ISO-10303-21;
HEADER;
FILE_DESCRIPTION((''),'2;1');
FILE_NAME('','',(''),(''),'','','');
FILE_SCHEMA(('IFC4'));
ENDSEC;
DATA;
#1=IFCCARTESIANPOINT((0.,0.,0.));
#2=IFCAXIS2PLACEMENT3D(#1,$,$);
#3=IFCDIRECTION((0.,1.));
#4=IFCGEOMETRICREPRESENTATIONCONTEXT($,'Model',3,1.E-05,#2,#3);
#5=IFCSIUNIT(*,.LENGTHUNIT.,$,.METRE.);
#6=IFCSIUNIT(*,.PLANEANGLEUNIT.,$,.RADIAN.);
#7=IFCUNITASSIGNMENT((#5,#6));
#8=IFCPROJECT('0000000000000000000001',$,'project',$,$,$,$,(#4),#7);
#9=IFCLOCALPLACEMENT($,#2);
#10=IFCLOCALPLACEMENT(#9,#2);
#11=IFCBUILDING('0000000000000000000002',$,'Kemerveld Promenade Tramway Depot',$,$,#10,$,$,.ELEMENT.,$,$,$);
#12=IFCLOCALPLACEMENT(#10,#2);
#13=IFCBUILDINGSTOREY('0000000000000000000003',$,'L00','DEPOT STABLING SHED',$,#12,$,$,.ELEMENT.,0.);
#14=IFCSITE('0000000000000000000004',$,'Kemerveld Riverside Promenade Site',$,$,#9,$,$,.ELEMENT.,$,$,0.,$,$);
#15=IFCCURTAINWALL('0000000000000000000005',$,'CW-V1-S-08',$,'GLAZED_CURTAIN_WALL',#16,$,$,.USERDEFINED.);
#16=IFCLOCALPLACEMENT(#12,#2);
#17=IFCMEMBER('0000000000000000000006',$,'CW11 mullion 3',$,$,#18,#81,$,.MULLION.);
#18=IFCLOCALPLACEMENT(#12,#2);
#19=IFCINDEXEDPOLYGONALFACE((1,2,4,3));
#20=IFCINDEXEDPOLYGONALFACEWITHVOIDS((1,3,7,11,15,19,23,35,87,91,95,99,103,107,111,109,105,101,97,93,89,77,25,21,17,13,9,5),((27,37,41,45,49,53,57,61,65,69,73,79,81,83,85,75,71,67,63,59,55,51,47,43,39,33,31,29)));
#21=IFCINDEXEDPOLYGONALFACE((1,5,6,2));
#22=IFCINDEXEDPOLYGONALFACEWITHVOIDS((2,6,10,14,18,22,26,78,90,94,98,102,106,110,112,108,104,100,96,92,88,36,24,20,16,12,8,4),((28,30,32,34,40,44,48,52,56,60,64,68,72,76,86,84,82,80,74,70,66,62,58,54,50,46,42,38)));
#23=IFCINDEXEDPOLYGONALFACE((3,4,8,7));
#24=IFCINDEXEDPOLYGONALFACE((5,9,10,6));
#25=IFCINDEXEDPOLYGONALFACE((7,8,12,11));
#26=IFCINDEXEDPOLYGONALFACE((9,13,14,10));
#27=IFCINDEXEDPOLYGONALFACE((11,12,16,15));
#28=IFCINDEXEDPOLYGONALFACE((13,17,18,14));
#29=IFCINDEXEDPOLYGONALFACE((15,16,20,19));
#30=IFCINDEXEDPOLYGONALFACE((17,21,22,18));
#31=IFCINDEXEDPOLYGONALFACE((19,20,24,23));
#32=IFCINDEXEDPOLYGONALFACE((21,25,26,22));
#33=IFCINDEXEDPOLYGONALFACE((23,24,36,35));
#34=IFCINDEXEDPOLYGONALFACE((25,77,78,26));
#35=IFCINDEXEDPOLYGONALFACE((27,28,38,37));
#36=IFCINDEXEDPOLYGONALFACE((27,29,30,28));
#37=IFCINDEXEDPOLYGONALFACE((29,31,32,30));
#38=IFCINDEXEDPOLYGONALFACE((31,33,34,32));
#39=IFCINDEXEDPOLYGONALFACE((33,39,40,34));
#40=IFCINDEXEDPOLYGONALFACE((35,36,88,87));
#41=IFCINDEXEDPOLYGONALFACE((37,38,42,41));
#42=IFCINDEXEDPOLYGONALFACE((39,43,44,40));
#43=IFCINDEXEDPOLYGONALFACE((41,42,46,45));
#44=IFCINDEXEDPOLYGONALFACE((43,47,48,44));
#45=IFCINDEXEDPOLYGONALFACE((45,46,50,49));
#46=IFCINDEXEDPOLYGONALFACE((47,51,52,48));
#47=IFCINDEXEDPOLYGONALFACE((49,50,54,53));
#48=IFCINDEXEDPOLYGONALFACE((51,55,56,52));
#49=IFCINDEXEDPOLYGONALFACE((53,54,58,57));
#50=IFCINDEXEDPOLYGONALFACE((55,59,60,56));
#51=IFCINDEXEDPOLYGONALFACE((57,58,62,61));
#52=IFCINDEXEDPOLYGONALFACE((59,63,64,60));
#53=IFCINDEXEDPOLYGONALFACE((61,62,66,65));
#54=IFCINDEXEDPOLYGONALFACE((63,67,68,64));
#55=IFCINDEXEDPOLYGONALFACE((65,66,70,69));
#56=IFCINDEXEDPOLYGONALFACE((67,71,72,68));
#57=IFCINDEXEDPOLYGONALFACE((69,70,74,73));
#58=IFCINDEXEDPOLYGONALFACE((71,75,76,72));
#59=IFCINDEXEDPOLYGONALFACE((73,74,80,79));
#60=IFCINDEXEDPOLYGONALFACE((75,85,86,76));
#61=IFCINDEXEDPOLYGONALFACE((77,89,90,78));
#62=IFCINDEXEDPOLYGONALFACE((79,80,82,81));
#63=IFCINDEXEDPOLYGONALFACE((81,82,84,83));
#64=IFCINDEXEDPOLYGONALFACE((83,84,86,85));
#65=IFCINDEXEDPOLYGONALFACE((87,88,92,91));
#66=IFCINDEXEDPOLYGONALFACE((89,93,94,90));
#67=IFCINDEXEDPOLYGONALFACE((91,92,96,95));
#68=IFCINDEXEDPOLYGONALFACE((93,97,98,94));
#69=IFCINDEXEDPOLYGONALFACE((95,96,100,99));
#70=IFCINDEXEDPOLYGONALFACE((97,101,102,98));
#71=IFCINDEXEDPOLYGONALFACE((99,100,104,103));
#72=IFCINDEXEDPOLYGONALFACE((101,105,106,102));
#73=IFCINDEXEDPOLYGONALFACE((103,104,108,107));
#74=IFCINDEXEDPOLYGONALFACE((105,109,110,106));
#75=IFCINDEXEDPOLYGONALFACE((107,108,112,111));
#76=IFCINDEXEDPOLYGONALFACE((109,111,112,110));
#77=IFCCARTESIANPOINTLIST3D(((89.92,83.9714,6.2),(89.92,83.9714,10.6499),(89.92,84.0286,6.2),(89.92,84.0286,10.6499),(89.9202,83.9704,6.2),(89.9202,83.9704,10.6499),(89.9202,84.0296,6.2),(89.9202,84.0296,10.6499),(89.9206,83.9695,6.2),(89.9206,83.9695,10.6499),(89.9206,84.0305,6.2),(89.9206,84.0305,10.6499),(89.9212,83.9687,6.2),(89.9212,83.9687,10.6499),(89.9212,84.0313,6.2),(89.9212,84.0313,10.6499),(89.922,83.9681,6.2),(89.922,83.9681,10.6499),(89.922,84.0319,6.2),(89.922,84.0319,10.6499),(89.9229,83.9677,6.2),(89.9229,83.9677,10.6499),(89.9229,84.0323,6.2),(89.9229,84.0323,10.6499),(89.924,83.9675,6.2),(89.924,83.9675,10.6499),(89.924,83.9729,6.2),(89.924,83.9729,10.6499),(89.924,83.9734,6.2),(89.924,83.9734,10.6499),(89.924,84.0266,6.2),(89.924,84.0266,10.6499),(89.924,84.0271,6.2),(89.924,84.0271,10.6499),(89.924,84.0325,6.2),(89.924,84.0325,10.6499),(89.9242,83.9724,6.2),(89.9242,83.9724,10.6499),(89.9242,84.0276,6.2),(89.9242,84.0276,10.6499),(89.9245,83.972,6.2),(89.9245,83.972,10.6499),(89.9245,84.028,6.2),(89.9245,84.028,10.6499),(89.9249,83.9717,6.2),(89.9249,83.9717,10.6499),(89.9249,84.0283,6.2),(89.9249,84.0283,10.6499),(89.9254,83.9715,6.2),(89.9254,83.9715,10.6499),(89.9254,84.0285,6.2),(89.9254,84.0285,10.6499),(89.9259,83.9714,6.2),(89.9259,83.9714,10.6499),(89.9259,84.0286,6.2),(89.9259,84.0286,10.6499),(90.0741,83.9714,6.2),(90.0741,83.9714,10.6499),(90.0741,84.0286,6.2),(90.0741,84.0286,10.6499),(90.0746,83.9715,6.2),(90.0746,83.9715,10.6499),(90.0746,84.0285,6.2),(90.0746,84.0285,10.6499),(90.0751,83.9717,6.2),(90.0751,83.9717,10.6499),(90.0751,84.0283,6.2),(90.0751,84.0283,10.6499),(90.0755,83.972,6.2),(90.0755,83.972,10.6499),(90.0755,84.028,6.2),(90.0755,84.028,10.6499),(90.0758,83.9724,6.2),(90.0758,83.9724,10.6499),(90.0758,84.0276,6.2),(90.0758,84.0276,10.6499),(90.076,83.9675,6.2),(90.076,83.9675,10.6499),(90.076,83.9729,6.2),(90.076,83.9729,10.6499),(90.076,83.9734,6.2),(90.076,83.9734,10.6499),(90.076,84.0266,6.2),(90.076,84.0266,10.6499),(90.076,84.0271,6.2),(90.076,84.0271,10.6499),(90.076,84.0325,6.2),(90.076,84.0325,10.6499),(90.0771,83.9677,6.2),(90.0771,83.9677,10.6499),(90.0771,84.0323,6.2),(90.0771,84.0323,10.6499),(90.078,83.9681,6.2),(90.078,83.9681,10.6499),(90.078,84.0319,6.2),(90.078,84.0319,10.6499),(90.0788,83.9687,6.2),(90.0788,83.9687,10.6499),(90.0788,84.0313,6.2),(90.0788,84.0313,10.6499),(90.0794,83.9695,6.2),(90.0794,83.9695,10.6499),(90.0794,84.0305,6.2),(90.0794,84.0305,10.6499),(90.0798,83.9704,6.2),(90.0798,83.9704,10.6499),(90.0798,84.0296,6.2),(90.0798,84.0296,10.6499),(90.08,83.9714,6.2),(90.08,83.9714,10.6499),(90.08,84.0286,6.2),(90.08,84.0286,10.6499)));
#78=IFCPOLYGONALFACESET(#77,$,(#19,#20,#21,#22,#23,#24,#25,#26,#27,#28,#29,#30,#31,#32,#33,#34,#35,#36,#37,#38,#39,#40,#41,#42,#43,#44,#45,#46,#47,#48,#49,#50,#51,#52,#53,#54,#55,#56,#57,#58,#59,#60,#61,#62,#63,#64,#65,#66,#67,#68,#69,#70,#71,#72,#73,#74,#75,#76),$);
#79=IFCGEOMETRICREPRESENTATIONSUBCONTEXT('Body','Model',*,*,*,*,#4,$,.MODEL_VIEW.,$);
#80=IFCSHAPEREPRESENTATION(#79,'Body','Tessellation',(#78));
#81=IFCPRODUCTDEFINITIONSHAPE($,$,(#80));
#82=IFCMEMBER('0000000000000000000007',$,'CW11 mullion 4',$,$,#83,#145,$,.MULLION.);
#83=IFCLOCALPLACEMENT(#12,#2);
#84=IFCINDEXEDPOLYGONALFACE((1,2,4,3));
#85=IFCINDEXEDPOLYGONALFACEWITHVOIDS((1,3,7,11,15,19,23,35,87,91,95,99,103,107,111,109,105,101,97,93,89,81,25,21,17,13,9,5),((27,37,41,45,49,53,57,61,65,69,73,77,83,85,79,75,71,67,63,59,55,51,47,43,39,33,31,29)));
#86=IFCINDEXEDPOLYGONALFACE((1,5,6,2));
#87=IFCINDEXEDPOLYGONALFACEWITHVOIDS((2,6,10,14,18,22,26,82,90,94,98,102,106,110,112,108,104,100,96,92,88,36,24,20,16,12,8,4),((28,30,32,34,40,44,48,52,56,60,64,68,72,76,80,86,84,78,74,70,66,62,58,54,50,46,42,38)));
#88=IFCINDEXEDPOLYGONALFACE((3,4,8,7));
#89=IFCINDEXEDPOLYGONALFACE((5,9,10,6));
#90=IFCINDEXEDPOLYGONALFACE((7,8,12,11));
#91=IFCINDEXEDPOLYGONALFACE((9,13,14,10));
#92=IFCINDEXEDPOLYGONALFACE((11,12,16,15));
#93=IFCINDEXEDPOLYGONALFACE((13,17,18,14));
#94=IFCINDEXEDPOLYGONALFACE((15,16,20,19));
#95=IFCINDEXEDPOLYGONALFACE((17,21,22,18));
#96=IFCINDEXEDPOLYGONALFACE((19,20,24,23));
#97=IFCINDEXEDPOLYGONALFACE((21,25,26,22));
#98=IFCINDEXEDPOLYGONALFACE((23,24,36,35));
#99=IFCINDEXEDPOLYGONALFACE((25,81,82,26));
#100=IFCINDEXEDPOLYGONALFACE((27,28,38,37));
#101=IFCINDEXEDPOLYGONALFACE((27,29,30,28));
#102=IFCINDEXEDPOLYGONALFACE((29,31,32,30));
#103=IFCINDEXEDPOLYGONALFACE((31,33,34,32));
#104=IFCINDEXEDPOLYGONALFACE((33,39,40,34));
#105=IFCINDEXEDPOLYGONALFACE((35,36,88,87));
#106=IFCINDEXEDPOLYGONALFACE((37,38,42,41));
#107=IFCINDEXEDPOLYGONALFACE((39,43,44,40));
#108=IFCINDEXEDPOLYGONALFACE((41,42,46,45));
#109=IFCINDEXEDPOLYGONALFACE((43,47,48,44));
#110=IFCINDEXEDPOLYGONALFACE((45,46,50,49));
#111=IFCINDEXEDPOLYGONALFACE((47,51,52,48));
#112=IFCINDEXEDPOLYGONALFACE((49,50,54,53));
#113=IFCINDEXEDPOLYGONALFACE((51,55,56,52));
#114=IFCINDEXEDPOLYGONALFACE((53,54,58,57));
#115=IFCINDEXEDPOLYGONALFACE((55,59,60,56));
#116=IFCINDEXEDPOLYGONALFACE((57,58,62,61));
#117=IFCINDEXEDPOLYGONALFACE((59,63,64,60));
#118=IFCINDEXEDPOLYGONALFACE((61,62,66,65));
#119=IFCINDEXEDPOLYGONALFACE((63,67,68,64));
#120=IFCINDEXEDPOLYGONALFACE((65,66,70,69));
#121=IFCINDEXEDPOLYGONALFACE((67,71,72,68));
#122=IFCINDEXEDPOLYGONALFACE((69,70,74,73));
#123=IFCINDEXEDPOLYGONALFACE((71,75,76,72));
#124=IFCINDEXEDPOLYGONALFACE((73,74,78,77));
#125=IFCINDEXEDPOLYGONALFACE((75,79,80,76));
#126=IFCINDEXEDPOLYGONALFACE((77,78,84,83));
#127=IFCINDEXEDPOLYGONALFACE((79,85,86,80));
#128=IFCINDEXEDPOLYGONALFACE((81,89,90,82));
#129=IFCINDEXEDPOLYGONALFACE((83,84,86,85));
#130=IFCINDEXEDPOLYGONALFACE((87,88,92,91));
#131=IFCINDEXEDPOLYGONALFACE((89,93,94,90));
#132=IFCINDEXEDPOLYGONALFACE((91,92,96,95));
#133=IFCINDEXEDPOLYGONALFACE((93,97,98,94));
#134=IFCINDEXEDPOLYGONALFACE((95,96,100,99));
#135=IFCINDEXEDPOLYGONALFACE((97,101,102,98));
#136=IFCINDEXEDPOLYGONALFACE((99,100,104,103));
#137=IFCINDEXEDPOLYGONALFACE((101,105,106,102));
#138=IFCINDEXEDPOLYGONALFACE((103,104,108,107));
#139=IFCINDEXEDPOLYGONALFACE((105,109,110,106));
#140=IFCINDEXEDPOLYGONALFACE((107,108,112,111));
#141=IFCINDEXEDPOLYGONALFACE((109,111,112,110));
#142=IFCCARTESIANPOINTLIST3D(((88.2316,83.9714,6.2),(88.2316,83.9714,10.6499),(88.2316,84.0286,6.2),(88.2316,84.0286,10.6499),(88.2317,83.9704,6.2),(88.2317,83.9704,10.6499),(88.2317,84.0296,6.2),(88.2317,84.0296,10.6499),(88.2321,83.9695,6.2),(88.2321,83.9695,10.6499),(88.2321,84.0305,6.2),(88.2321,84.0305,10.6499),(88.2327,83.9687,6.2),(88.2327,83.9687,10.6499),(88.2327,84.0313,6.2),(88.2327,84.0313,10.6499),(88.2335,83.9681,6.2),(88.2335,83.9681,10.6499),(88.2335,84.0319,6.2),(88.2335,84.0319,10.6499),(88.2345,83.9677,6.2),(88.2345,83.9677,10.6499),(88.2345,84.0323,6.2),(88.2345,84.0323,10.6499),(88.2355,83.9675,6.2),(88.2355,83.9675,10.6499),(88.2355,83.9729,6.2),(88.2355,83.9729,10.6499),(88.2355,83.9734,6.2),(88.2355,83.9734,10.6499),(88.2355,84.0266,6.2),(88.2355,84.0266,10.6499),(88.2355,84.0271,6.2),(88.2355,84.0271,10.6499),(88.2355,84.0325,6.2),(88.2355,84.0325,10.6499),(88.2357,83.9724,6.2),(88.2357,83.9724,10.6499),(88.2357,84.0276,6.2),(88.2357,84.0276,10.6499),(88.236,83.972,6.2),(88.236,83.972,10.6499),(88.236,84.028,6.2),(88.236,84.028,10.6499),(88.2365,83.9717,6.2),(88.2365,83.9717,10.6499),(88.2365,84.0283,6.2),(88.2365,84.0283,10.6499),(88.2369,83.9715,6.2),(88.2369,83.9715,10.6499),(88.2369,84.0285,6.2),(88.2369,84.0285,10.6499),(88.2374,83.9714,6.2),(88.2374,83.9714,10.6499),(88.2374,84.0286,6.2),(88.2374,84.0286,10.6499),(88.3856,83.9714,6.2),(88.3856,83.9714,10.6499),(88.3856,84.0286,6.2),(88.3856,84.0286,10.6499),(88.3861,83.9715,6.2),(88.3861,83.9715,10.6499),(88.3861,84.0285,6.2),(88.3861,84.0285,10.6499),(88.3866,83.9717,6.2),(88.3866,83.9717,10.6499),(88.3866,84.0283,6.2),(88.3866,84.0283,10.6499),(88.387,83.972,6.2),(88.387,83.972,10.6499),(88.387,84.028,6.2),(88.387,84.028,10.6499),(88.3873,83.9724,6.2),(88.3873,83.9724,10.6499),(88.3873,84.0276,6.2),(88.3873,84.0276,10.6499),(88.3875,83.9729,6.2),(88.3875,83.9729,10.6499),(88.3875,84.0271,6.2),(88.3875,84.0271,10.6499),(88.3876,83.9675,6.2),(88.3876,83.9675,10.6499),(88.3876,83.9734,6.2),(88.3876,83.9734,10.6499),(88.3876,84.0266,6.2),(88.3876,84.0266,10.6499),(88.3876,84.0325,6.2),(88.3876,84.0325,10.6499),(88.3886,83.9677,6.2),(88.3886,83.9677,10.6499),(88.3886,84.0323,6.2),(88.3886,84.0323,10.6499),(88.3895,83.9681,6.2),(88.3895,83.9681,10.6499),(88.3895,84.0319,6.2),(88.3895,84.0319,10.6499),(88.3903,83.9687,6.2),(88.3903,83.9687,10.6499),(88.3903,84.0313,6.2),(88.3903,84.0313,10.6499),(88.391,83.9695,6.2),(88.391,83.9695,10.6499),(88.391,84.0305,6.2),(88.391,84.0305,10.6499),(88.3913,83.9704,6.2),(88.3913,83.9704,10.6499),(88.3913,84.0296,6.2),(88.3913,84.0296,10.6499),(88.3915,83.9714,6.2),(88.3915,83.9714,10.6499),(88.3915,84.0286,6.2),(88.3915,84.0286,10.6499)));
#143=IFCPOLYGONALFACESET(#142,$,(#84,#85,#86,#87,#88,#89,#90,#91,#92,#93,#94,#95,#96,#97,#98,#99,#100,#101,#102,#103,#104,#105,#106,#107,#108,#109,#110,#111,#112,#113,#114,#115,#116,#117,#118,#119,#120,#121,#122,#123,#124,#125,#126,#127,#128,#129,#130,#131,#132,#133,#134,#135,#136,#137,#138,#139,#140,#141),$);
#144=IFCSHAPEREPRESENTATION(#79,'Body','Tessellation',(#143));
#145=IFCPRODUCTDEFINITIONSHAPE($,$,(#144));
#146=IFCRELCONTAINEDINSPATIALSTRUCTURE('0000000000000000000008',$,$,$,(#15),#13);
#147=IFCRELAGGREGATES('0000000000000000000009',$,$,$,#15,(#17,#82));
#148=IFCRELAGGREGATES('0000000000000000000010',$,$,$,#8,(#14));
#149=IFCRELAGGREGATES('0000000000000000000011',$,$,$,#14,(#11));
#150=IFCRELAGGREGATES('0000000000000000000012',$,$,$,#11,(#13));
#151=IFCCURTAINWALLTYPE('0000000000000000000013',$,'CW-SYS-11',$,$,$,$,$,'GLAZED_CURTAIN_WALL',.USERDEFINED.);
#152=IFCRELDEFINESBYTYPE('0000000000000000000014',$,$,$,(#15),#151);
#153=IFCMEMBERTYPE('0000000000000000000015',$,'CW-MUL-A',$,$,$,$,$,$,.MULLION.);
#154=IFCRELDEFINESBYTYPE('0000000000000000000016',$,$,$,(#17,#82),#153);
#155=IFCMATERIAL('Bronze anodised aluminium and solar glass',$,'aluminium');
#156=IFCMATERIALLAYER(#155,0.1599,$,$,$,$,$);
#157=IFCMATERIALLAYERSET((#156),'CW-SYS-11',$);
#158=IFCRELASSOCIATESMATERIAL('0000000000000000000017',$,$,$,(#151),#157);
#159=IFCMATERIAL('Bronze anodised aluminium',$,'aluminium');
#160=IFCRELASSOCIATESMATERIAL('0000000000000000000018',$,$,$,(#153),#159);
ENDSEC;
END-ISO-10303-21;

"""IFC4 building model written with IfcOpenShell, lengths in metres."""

from ifc_helpers import new_model, si_unit, direction, frame, origin, origin_2d, place, context, subcontext, project, spatial, hollow_rectangle, extrude, material, layer, layer_set, material_profile, profile_set, type_object, element, aggregate, save


model = new_model("IFC4")

# Units and contexts
model_context = context("Model", 3, precision=1e-05, world=origin(), true_north=direction((0.0, 1.0)))
body_context = subcontext(model_context, "Body", "Model", "MODEL_VIEW")
ifc_project = project(units=[si_unit("LENGTHUNIT", "METRE"), si_unit("PLANEANGLEUNIT", "RADIAN")], contexts=[model_context])

# Site, building, storey
site_placement = place(None, origin())
site = spatial("IfcSite", under=ifc_project, at=site_placement, Name="Kemerveld Riverside Promenade Site", CompositionType="ELEMENT", RefElevation=0.0)
building_placement = place(site_placement, origin())
building = spatial("IfcBuilding", under=site, at=building_placement, Name="Kemerveld Promenade Tramway Depot", CompositionType="ELEMENT")
storey_placement = place(building_placement, origin())
storey = spatial("IfcBuildingStorey", under=building, at=storey_placement, Name="L00", Description="DEPOT STABLING SHED", CompositionType="ELEMENT", Elevation=0.0)

# Curtain wall, members
ifc_material_1 = material(Name="Bronze anodised aluminium and solar glass", Category="aluminium")
ifc_layer_1 = layer(ifc_material_1, 0.1599)
ifc_layer_set_1 = layer_set([ifc_layer_1], Name="CW-SYS-11")
curtain_wall_type_1 = type_object("IfcCurtainWallType", Name="CW-SYS-11", ElementType="GLAZED_CURTAIN_WALL", PredefinedType="USERDEFINED", material=ifc_layer_set_1)
curtain_wall_1_placement = place(storey_placement, origin())
curtain_wall_1 = element("IfcCurtainWall", 1, at=curtain_wall_1_placement, inside=storey, type_object=curtain_wall_type_1, Name="CW-V1-S-08", ObjectType="GLAZED_CURTAIN_WALL", PredefinedType="USERDEFINED")
ifc_material_2 = material(Name="Bronze anodised aluminium", Category="aluminium")
ifc_material_profile_1 = material_profile(ifc_material_2, hollow_rectangle(XDim=0.0649, YDim=0.1599, WallThickness=0.0039, InnerFilletRadius=0.002, OuterFilletRadius=0.0039, at=origin_2d()), Name="CW-MUL-160x65")
ifc_profile_set_1 = profile_set([ifc_material_profile_1], Name="Bronze anodised aluminium")
member_type_1 = type_object("IfcMemberType", Name="CW-MUL-A", PredefinedType="MULLION", material=ifc_profile_set_1)
member_1_placement = place(storey_placement, frame((90.0, 84.0, 6.2), z_axis=(0.0, 0.0, 1.0), x_axis=(0.0, -1.0, 0.0)))
member_1 = element("IfcMember", 2, at=member_1_placement, type_object=member_type_1, Name="CW11 mullion 3", PredefinedType="MULLION", context=body_context, shape_type="SweptSolid", body=[
    extrude(hollow_rectangle(XDim=0.0649, YDim=0.1599, WallThickness=0.0039, InnerFilletRadius=0.002, OuterFilletRadius=0.0039, at=origin_2d()), origin(), (0.0, 0.0, 1.0), 4.45),
])
member_2_placement = place(storey_placement, frame((88.3115, 84.0, 6.2), z_axis=(0.0, 0.0, 1.0), x_axis=(0.0, -1.0, 0.0)))
member_2 = element("IfcMember", 3, at=member_2_placement, type_object=member_type_1, Name="CW11 mullion 4", PredefinedType="MULLION", context=body_context, shape_type="SweptSolid", body=[
    extrude(hollow_rectangle(XDim=0.0649, YDim=0.1599, WallThickness=0.0039, InnerFilletRadius=0.002, OuterFilletRadius=0.0039, at=origin_2d()), origin(), (0.0, 0.0, 1.0), 4.45),
])

aggregate(curtain_wall_1, [member_1, member_2])

save(model, "model.ifc")
